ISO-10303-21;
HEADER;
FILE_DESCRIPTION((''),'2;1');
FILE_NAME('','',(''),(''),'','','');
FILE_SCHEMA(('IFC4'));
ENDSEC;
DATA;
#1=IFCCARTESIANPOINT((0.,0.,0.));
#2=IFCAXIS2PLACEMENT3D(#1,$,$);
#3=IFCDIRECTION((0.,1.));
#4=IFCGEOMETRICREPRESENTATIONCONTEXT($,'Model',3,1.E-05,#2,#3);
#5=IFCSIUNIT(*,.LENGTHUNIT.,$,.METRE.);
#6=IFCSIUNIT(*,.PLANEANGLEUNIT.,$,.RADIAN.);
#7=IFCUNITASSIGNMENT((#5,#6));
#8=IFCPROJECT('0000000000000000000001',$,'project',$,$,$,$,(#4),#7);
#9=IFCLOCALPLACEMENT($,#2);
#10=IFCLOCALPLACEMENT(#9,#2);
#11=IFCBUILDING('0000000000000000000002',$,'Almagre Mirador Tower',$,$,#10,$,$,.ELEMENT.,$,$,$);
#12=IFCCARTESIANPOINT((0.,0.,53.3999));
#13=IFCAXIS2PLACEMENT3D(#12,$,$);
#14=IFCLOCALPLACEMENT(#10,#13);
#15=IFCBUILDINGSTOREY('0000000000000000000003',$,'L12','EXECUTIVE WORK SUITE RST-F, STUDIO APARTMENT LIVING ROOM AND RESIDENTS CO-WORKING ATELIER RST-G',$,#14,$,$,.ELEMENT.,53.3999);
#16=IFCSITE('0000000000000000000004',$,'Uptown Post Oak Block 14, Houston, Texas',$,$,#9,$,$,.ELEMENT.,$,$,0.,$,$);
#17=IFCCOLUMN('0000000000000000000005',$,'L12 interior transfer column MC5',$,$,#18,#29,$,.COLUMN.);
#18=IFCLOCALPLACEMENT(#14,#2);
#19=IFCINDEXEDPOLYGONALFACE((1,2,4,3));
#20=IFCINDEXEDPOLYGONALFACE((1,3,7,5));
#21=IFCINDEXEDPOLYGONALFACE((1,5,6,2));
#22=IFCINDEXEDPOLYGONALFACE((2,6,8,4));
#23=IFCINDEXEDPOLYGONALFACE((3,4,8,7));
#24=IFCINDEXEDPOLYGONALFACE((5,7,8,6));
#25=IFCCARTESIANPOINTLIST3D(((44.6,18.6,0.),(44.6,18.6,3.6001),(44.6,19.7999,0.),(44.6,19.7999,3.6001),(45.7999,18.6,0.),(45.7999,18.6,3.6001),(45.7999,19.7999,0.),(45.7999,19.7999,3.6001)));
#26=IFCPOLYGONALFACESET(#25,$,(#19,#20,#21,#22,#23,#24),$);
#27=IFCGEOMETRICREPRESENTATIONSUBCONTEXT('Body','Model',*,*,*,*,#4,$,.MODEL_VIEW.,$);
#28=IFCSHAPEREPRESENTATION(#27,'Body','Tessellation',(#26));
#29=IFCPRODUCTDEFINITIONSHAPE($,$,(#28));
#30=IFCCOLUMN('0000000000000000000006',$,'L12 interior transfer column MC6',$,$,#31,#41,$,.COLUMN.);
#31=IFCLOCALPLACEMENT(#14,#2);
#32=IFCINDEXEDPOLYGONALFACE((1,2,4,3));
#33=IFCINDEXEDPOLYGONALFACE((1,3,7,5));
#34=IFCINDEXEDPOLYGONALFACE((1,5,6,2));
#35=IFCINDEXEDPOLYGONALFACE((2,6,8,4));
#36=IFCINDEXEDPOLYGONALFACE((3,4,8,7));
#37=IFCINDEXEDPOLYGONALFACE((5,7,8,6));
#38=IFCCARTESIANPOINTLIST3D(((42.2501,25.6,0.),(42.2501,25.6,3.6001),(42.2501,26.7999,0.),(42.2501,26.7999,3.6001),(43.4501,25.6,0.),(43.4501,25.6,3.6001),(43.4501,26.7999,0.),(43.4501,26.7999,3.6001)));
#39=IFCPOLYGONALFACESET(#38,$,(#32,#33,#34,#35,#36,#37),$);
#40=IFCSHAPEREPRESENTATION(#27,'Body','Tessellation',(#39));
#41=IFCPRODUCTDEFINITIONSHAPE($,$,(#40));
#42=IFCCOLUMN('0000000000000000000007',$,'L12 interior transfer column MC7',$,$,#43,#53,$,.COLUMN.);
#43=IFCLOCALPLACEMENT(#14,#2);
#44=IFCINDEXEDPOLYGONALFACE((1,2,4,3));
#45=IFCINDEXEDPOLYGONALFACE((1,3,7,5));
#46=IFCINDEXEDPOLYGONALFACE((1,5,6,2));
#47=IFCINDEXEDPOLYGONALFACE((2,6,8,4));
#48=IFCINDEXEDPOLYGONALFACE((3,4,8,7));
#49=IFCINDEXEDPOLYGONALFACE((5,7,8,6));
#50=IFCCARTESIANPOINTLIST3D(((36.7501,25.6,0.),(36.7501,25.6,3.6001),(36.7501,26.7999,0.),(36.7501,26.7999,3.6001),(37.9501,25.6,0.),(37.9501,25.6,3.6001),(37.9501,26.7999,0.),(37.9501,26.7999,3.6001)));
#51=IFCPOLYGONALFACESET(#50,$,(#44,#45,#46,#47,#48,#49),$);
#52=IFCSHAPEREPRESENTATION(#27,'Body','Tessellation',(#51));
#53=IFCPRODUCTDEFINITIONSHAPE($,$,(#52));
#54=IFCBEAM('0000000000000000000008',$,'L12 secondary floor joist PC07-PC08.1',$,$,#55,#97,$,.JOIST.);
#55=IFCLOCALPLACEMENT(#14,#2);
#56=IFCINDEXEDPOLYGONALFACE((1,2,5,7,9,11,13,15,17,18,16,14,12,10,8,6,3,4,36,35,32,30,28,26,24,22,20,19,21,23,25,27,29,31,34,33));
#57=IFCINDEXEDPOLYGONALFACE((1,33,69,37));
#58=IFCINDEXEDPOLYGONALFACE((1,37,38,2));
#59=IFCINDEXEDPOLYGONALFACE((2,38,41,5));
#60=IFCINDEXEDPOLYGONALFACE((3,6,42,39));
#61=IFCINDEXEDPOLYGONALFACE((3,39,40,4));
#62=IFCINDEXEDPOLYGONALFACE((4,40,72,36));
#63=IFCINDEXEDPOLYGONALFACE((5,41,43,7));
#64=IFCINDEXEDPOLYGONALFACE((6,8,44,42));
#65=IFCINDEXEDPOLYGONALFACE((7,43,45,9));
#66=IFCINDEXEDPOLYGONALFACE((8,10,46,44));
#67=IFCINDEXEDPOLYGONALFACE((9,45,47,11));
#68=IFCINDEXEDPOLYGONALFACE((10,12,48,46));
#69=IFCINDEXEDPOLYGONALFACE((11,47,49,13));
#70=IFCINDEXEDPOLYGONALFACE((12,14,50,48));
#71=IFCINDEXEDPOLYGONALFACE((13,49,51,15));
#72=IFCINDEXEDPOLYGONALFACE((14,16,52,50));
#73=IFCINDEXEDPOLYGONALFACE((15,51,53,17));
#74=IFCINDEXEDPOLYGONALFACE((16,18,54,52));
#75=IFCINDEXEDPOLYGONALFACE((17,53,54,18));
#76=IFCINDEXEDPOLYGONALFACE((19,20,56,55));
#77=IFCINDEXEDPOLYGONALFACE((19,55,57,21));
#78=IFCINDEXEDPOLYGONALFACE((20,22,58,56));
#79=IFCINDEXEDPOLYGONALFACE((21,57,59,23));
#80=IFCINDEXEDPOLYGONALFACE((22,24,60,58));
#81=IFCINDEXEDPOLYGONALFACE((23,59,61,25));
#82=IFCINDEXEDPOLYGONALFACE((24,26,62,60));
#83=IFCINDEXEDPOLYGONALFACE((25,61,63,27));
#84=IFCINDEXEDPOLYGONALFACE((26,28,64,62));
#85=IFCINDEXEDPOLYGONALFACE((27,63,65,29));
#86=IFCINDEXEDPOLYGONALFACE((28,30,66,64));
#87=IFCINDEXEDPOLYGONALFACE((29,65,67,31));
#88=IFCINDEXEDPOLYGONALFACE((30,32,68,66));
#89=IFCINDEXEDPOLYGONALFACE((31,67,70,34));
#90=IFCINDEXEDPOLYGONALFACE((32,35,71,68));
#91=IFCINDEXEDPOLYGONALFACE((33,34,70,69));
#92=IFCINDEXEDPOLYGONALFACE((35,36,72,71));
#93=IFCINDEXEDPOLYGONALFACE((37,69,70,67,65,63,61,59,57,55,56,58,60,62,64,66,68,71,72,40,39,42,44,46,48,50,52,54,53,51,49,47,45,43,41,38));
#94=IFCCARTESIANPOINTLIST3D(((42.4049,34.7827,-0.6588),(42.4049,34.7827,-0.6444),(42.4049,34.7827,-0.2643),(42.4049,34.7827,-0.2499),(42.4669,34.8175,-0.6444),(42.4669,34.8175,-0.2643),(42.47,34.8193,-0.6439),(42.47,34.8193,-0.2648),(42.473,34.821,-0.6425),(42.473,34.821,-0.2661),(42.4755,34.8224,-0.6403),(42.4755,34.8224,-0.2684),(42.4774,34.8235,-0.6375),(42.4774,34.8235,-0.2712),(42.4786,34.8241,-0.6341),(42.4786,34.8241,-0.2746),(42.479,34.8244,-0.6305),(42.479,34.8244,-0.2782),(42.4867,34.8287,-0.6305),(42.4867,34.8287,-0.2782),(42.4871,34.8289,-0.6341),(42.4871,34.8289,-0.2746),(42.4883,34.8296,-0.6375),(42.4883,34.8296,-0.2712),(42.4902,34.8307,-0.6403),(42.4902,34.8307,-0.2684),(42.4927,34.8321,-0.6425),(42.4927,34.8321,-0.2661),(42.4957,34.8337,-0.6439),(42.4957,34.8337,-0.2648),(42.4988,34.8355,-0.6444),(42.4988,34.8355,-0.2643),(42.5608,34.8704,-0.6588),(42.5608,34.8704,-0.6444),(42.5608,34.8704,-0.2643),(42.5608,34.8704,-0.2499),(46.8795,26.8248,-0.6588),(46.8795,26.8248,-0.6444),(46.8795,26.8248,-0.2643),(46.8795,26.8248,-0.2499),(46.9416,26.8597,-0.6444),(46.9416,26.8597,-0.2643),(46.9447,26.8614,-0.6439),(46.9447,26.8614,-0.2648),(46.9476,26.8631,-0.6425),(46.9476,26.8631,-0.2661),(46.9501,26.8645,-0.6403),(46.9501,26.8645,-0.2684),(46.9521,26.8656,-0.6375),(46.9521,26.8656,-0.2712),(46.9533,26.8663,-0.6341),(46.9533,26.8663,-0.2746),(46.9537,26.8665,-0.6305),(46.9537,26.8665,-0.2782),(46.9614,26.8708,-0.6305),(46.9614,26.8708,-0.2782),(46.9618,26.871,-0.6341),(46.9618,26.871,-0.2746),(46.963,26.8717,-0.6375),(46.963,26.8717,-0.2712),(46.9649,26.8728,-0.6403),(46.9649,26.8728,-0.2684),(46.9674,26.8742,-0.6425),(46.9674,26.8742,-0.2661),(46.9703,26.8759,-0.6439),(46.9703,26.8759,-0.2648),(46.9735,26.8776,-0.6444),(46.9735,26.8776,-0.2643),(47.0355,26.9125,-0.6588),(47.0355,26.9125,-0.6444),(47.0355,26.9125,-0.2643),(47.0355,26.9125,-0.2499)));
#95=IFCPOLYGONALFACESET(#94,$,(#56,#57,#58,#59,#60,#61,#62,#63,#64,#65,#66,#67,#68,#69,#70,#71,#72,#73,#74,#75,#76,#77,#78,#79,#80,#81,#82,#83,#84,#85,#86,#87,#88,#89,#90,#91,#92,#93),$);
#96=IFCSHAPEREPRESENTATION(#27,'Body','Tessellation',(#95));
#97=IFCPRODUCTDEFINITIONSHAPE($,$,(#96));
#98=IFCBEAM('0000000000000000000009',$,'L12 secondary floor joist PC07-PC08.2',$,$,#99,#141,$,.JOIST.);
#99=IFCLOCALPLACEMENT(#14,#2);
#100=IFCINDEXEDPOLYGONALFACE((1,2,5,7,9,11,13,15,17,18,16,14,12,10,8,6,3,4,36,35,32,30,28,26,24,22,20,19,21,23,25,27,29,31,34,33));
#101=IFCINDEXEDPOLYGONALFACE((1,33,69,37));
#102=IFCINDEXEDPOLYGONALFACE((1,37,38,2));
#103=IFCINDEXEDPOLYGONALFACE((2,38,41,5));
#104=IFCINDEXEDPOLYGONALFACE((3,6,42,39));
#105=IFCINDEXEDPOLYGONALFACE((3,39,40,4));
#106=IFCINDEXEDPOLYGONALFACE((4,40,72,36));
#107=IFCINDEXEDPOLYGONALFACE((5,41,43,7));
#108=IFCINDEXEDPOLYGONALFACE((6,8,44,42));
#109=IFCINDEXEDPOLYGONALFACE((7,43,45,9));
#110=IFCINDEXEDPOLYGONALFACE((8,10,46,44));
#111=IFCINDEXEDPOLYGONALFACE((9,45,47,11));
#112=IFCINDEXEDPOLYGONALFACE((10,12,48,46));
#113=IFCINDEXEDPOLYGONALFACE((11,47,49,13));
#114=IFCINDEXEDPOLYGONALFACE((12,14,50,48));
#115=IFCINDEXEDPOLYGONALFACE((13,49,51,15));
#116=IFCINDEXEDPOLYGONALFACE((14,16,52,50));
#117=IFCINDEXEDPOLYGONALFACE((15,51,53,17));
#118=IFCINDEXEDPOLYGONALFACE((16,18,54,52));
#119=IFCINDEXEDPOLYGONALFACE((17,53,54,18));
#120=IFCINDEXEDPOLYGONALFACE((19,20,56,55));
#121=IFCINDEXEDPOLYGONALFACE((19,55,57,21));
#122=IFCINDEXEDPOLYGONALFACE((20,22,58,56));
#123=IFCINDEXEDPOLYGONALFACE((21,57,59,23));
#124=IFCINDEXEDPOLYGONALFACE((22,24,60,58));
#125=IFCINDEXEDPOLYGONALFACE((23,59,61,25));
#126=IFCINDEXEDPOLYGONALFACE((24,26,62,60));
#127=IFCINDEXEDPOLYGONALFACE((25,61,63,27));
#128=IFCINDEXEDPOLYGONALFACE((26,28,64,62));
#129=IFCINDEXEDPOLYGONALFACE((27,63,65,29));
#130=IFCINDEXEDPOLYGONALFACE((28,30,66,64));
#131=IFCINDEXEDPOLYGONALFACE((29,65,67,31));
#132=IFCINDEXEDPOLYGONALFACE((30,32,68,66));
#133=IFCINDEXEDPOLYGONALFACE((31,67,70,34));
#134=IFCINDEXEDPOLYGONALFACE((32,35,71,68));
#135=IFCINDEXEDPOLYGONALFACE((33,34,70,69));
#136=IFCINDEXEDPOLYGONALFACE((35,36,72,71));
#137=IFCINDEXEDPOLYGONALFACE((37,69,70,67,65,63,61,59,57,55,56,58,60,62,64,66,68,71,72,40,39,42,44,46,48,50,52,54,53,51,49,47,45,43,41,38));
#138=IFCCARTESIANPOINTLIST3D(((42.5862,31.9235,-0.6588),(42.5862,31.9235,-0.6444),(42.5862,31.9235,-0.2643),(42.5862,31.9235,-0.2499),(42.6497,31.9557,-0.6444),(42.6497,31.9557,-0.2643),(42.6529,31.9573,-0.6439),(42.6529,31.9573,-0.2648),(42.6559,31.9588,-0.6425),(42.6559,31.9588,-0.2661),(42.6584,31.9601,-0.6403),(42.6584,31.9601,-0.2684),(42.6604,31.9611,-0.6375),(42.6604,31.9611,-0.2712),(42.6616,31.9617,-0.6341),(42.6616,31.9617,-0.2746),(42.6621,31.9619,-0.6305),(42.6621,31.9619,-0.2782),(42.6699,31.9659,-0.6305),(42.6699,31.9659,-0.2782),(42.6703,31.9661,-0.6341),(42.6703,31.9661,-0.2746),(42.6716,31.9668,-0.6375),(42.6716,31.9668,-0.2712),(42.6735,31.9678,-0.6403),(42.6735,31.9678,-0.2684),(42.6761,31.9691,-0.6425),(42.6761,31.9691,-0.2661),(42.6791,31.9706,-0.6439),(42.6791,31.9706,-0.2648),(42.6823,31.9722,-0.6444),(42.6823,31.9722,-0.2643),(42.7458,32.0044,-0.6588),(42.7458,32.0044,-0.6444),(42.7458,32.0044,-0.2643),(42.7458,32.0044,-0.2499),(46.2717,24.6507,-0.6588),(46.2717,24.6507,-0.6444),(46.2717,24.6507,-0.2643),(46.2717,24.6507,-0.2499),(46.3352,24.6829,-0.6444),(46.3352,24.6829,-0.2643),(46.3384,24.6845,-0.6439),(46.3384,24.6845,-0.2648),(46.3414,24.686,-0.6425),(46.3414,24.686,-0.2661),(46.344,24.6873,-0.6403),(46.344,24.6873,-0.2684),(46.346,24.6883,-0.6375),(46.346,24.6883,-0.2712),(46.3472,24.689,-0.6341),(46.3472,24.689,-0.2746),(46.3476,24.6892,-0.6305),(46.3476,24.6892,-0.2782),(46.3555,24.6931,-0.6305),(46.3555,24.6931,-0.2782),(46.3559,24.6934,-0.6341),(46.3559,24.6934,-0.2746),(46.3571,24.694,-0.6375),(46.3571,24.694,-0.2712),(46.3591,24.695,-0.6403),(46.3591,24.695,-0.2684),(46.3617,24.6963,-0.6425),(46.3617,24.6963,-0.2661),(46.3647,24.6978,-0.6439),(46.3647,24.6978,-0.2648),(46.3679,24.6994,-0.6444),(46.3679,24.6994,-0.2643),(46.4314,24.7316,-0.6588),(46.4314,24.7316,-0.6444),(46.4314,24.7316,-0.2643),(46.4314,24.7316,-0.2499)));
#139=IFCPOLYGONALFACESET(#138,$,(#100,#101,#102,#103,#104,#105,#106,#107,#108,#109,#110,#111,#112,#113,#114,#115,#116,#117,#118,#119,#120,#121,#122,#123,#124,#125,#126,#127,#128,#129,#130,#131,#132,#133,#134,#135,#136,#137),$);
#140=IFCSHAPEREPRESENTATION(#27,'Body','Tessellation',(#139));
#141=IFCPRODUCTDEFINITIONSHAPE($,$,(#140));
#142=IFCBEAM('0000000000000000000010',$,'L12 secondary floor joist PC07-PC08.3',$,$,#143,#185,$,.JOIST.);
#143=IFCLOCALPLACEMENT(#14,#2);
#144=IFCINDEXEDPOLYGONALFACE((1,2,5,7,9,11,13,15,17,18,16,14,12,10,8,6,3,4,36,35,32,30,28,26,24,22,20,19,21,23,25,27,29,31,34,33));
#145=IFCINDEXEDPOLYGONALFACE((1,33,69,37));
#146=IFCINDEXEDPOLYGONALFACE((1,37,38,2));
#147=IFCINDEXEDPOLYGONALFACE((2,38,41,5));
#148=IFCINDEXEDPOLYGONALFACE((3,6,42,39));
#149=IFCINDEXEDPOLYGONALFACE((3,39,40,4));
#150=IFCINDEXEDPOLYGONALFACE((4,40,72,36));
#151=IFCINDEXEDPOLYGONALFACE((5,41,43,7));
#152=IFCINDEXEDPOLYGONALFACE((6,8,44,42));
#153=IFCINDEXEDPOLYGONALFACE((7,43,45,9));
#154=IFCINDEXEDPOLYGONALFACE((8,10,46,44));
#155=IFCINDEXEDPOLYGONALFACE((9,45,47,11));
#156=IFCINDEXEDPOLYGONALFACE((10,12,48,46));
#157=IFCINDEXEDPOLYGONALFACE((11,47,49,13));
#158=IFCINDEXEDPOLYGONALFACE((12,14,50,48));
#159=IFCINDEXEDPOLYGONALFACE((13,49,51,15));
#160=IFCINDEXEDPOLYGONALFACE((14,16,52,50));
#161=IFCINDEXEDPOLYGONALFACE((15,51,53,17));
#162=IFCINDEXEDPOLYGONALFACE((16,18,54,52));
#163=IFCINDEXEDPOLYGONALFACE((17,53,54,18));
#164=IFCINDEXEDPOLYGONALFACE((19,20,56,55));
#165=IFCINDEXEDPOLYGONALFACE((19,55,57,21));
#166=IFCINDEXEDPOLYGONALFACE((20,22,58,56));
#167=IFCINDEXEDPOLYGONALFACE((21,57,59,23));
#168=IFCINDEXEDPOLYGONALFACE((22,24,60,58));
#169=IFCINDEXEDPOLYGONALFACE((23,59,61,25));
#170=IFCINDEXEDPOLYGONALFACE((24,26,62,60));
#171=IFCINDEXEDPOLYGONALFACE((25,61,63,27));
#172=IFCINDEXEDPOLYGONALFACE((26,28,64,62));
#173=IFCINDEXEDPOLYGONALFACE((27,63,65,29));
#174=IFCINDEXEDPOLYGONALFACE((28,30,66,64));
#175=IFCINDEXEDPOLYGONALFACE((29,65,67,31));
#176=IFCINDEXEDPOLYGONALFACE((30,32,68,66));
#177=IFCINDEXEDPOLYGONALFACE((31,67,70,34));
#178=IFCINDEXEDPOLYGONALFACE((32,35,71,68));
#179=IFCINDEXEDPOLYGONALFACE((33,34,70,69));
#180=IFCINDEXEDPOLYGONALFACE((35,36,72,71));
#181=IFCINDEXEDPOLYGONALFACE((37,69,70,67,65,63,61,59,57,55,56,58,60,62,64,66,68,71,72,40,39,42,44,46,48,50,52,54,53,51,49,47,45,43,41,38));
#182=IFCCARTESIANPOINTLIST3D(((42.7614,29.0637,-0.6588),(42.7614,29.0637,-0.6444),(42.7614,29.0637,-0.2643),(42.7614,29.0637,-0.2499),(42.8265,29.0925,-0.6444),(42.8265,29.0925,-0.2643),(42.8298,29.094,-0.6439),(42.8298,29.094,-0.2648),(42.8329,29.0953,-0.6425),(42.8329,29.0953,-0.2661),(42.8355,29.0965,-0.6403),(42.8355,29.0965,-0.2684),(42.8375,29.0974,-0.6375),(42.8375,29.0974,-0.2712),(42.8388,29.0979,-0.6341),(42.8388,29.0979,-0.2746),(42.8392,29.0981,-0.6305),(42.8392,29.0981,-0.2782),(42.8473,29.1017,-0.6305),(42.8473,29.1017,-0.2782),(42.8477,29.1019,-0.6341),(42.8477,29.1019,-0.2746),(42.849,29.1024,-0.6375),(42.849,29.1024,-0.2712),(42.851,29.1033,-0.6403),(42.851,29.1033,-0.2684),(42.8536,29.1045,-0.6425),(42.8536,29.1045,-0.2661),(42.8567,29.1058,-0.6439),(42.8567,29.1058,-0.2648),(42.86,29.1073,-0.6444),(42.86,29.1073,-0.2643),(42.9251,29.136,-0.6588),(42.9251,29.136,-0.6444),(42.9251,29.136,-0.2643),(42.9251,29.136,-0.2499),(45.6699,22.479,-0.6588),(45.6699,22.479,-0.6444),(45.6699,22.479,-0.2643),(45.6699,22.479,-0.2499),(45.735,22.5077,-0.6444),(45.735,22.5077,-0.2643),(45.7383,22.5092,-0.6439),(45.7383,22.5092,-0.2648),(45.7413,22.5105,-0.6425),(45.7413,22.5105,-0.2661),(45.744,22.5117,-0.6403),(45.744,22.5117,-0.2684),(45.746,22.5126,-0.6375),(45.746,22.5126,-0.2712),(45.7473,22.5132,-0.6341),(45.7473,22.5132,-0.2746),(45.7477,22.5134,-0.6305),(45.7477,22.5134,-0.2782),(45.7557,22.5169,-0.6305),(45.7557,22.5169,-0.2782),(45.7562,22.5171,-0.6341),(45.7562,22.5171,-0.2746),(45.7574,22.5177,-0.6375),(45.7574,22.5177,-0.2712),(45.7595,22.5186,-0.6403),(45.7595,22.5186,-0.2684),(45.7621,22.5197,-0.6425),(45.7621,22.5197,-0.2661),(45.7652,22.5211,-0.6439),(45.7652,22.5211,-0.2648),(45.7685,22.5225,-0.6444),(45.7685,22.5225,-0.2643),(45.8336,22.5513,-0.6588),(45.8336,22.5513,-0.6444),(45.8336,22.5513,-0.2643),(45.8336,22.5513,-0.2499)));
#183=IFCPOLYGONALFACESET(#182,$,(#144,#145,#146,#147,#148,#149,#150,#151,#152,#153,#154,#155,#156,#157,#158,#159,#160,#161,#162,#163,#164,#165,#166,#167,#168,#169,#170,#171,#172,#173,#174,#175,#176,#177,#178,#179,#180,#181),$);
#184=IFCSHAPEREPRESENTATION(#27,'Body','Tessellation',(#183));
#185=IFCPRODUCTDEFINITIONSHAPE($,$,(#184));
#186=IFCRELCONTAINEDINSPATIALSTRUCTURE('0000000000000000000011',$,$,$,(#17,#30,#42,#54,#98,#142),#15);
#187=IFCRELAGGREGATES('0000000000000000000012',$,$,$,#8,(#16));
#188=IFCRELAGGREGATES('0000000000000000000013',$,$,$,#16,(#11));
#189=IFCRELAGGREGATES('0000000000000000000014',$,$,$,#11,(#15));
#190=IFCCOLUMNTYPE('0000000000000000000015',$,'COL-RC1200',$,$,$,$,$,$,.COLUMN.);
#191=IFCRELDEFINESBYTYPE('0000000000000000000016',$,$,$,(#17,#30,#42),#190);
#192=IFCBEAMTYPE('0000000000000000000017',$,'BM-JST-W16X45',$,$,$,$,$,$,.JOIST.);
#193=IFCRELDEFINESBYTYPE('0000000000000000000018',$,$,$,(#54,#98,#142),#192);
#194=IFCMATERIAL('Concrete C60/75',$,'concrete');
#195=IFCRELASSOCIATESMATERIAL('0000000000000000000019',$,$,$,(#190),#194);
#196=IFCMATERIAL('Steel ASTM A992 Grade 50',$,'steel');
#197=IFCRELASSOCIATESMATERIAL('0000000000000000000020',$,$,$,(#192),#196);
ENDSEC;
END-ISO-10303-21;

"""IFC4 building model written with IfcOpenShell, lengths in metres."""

from ifc_helpers import new_model, si_unit, direction, frame, origin, origin_2d, place, context, subcontext, project, spatial, rectangle, i_section, extrude, material, material_profile, profile_set, type_object, element, save


model = new_model("IFC4")

# Units and contexts
model_context = context("Model", 3, precision=1e-05, world=origin(), true_north=direction((0.0, 1.0)))
body_context = subcontext(model_context, "Body", "Model", "MODEL_VIEW")
ifc_project = project(units=[si_unit("LENGTHUNIT", "METRE"), si_unit("PLANEANGLEUNIT", "RADIAN")], contexts=[model_context])

# Site, building, storey
site_placement = place(None, origin())
site = spatial("IfcSite", under=ifc_project, at=site_placement, Name="Uptown Post Oak Block 14, Houston, Texas", CompositionType="ELEMENT", RefElevation=0.0)
building_placement = place(site_placement, origin())
building = spatial("IfcBuilding", under=site, at=building_placement, Name="Almagre Mirador Tower", CompositionType="ELEMENT")
storey_placement = place(building_placement, frame((0.0, 0.0, 53.3999)))
storey = spatial("IfcBuildingStorey", under=building, at=storey_placement, Name="L12", Description="EXECUTIVE WORK SUITE RST-F, STUDIO APARTMENT LIVING ROOM AND RESIDENTS CO-WORKING ATELIER RST-G", CompositionType="ELEMENT", Elevation=53.3999)

# Columns
ifc_material_1 = material(Name="Concrete C60/75", Category="concrete")
ifc_material_profile_1 = material_profile(ifc_material_1, rectangle(XDim=1.2, YDim=1.2, at=origin_2d()), Name="RC1200X1200")
ifc_profile_set_1 = profile_set([ifc_material_profile_1], Name="Concrete C60/75")
column_type = type_object("IfcColumnType", Name="COL-RC1200", PredefinedType="COLUMN", material=ifc_profile_set_1)
for number, where, z_axis, x_axis, name in (
    (1, (45.2, 19.2, 0.0), (0.0, 0.0, 1.0), (1.0, 0.0, 0.0), "L12 interior transfer column MC5"),
    (2, (42.8501, 26.2, 0.0), (0.0, 0.0, 1.0), (1.0, 0.0, 0.0), "L12 interior transfer column MC6"),
    (3, (37.3501, 26.2, 0.0), (0.0, 0.0, 1.0), (1.0, 0.0, 0.0), "L12 interior transfer column MC7"),
):
    element("IfcColumn", number, at=place(storey_placement, frame(where, z_axis=z_axis, x_axis=x_axis)), inside=storey, type_object=column_type, Name=name, PredefinedType="COLUMN", context=body_context, shape_type="SweptSolid", body=[
        extrude(rectangle(XDim=1.2, YDim=1.2, at=origin_2d()), origin(), (0.0, 0.0, 1.0), 3.6001),
    ])

# Beams
ifc_material_2 = material(Name="Steel ASTM A992 Grade 50", Category="steel")
ifc_material_profile_2 = material_profile(ifc_material_2, i_section(OverallWidth=0.179, OverallDepth=0.4089, WebThickness=0.0088, FlangeThickness=0.0144, FilletRadius=0.0139, at=origin_2d()), Name="W16X45")
ifc_profile_set_2 = profile_set([ifc_material_profile_2], Name="Steel ASTM A992 Grade 50")
beam_type_1 = type_object("IfcBeamType", Name="BM-JST-W16X45", PredefinedType="JOIST", material=ifc_profile_set_2)
beam_1_placement = place(storey_placement, frame((46.9575, 26.8687, -0.4543), z_axis=(-0.490125, 0.871652, 0.0), x_axis=(-0.871652, -0.490125, 0.0)))
element("IfcBeam", 4, at=beam_1_placement, inside=storey, type_object=beam_type_1, Name="L12 secondary floor joist PC07-PC08.1", PredefinedType="JOIST", context=body_context, shape_type="SweptSolid", body=[
    extrude(i_section(OverallWidth=0.179, OverallDepth=0.4089, WebThickness=0.0088, FlangeThickness=0.0144, FilletRadius=0.0139, at=origin_2d()), origin(), (0.0, 0.0, 1.0), 9.1296),
])
beam_2_placement = place(storey_placement, frame((46.3516, 24.6912, -0.4543), z_axis=(-0.452034, 0.892001, 0.0), x_axis=(-0.892001, -0.452034, 0.0)))
element("IfcBeam", 5, at=beam_2_placement, inside=storey, type_object=beam_type_1, Name="L12 secondary floor joist PC07-PC08.2", PredefinedType="JOIST", context=body_context, shape_type="SweptSolid", body=[
    extrude(i_section(OverallWidth=0.179, OverallDepth=0.4089, WebThickness=0.0088, FlangeThickness=0.0144, FilletRadius=0.0139, at=origin_2d()), origin(), (0.0, 0.0, 1.0), 8.1533),
])
beam_3_placement = place(storey_placement, frame((45.7517, 22.5151, -0.4543), z_axis=(-0.404038, 0.914742, 0.0), x_axis=(-0.914742, -0.404038, 0.0)))
element("IfcBeam", 6, at=beam_3_placement, inside=storey, type_object=beam_type_1, Name="L12 secondary floor joist PC07-PC08.3", PredefinedType="JOIST", context=body_context, shape_type="SweptSolid", body=[
    extrude(i_section(OverallWidth=0.179, OverallDepth=0.4089, WebThickness=0.0088, FlangeThickness=0.0144, FilletRadius=0.0139, at=origin_2d()), origin(), (0.0, 0.0, 1.0), 7.1985),
])

save(model, "model.ifc")
